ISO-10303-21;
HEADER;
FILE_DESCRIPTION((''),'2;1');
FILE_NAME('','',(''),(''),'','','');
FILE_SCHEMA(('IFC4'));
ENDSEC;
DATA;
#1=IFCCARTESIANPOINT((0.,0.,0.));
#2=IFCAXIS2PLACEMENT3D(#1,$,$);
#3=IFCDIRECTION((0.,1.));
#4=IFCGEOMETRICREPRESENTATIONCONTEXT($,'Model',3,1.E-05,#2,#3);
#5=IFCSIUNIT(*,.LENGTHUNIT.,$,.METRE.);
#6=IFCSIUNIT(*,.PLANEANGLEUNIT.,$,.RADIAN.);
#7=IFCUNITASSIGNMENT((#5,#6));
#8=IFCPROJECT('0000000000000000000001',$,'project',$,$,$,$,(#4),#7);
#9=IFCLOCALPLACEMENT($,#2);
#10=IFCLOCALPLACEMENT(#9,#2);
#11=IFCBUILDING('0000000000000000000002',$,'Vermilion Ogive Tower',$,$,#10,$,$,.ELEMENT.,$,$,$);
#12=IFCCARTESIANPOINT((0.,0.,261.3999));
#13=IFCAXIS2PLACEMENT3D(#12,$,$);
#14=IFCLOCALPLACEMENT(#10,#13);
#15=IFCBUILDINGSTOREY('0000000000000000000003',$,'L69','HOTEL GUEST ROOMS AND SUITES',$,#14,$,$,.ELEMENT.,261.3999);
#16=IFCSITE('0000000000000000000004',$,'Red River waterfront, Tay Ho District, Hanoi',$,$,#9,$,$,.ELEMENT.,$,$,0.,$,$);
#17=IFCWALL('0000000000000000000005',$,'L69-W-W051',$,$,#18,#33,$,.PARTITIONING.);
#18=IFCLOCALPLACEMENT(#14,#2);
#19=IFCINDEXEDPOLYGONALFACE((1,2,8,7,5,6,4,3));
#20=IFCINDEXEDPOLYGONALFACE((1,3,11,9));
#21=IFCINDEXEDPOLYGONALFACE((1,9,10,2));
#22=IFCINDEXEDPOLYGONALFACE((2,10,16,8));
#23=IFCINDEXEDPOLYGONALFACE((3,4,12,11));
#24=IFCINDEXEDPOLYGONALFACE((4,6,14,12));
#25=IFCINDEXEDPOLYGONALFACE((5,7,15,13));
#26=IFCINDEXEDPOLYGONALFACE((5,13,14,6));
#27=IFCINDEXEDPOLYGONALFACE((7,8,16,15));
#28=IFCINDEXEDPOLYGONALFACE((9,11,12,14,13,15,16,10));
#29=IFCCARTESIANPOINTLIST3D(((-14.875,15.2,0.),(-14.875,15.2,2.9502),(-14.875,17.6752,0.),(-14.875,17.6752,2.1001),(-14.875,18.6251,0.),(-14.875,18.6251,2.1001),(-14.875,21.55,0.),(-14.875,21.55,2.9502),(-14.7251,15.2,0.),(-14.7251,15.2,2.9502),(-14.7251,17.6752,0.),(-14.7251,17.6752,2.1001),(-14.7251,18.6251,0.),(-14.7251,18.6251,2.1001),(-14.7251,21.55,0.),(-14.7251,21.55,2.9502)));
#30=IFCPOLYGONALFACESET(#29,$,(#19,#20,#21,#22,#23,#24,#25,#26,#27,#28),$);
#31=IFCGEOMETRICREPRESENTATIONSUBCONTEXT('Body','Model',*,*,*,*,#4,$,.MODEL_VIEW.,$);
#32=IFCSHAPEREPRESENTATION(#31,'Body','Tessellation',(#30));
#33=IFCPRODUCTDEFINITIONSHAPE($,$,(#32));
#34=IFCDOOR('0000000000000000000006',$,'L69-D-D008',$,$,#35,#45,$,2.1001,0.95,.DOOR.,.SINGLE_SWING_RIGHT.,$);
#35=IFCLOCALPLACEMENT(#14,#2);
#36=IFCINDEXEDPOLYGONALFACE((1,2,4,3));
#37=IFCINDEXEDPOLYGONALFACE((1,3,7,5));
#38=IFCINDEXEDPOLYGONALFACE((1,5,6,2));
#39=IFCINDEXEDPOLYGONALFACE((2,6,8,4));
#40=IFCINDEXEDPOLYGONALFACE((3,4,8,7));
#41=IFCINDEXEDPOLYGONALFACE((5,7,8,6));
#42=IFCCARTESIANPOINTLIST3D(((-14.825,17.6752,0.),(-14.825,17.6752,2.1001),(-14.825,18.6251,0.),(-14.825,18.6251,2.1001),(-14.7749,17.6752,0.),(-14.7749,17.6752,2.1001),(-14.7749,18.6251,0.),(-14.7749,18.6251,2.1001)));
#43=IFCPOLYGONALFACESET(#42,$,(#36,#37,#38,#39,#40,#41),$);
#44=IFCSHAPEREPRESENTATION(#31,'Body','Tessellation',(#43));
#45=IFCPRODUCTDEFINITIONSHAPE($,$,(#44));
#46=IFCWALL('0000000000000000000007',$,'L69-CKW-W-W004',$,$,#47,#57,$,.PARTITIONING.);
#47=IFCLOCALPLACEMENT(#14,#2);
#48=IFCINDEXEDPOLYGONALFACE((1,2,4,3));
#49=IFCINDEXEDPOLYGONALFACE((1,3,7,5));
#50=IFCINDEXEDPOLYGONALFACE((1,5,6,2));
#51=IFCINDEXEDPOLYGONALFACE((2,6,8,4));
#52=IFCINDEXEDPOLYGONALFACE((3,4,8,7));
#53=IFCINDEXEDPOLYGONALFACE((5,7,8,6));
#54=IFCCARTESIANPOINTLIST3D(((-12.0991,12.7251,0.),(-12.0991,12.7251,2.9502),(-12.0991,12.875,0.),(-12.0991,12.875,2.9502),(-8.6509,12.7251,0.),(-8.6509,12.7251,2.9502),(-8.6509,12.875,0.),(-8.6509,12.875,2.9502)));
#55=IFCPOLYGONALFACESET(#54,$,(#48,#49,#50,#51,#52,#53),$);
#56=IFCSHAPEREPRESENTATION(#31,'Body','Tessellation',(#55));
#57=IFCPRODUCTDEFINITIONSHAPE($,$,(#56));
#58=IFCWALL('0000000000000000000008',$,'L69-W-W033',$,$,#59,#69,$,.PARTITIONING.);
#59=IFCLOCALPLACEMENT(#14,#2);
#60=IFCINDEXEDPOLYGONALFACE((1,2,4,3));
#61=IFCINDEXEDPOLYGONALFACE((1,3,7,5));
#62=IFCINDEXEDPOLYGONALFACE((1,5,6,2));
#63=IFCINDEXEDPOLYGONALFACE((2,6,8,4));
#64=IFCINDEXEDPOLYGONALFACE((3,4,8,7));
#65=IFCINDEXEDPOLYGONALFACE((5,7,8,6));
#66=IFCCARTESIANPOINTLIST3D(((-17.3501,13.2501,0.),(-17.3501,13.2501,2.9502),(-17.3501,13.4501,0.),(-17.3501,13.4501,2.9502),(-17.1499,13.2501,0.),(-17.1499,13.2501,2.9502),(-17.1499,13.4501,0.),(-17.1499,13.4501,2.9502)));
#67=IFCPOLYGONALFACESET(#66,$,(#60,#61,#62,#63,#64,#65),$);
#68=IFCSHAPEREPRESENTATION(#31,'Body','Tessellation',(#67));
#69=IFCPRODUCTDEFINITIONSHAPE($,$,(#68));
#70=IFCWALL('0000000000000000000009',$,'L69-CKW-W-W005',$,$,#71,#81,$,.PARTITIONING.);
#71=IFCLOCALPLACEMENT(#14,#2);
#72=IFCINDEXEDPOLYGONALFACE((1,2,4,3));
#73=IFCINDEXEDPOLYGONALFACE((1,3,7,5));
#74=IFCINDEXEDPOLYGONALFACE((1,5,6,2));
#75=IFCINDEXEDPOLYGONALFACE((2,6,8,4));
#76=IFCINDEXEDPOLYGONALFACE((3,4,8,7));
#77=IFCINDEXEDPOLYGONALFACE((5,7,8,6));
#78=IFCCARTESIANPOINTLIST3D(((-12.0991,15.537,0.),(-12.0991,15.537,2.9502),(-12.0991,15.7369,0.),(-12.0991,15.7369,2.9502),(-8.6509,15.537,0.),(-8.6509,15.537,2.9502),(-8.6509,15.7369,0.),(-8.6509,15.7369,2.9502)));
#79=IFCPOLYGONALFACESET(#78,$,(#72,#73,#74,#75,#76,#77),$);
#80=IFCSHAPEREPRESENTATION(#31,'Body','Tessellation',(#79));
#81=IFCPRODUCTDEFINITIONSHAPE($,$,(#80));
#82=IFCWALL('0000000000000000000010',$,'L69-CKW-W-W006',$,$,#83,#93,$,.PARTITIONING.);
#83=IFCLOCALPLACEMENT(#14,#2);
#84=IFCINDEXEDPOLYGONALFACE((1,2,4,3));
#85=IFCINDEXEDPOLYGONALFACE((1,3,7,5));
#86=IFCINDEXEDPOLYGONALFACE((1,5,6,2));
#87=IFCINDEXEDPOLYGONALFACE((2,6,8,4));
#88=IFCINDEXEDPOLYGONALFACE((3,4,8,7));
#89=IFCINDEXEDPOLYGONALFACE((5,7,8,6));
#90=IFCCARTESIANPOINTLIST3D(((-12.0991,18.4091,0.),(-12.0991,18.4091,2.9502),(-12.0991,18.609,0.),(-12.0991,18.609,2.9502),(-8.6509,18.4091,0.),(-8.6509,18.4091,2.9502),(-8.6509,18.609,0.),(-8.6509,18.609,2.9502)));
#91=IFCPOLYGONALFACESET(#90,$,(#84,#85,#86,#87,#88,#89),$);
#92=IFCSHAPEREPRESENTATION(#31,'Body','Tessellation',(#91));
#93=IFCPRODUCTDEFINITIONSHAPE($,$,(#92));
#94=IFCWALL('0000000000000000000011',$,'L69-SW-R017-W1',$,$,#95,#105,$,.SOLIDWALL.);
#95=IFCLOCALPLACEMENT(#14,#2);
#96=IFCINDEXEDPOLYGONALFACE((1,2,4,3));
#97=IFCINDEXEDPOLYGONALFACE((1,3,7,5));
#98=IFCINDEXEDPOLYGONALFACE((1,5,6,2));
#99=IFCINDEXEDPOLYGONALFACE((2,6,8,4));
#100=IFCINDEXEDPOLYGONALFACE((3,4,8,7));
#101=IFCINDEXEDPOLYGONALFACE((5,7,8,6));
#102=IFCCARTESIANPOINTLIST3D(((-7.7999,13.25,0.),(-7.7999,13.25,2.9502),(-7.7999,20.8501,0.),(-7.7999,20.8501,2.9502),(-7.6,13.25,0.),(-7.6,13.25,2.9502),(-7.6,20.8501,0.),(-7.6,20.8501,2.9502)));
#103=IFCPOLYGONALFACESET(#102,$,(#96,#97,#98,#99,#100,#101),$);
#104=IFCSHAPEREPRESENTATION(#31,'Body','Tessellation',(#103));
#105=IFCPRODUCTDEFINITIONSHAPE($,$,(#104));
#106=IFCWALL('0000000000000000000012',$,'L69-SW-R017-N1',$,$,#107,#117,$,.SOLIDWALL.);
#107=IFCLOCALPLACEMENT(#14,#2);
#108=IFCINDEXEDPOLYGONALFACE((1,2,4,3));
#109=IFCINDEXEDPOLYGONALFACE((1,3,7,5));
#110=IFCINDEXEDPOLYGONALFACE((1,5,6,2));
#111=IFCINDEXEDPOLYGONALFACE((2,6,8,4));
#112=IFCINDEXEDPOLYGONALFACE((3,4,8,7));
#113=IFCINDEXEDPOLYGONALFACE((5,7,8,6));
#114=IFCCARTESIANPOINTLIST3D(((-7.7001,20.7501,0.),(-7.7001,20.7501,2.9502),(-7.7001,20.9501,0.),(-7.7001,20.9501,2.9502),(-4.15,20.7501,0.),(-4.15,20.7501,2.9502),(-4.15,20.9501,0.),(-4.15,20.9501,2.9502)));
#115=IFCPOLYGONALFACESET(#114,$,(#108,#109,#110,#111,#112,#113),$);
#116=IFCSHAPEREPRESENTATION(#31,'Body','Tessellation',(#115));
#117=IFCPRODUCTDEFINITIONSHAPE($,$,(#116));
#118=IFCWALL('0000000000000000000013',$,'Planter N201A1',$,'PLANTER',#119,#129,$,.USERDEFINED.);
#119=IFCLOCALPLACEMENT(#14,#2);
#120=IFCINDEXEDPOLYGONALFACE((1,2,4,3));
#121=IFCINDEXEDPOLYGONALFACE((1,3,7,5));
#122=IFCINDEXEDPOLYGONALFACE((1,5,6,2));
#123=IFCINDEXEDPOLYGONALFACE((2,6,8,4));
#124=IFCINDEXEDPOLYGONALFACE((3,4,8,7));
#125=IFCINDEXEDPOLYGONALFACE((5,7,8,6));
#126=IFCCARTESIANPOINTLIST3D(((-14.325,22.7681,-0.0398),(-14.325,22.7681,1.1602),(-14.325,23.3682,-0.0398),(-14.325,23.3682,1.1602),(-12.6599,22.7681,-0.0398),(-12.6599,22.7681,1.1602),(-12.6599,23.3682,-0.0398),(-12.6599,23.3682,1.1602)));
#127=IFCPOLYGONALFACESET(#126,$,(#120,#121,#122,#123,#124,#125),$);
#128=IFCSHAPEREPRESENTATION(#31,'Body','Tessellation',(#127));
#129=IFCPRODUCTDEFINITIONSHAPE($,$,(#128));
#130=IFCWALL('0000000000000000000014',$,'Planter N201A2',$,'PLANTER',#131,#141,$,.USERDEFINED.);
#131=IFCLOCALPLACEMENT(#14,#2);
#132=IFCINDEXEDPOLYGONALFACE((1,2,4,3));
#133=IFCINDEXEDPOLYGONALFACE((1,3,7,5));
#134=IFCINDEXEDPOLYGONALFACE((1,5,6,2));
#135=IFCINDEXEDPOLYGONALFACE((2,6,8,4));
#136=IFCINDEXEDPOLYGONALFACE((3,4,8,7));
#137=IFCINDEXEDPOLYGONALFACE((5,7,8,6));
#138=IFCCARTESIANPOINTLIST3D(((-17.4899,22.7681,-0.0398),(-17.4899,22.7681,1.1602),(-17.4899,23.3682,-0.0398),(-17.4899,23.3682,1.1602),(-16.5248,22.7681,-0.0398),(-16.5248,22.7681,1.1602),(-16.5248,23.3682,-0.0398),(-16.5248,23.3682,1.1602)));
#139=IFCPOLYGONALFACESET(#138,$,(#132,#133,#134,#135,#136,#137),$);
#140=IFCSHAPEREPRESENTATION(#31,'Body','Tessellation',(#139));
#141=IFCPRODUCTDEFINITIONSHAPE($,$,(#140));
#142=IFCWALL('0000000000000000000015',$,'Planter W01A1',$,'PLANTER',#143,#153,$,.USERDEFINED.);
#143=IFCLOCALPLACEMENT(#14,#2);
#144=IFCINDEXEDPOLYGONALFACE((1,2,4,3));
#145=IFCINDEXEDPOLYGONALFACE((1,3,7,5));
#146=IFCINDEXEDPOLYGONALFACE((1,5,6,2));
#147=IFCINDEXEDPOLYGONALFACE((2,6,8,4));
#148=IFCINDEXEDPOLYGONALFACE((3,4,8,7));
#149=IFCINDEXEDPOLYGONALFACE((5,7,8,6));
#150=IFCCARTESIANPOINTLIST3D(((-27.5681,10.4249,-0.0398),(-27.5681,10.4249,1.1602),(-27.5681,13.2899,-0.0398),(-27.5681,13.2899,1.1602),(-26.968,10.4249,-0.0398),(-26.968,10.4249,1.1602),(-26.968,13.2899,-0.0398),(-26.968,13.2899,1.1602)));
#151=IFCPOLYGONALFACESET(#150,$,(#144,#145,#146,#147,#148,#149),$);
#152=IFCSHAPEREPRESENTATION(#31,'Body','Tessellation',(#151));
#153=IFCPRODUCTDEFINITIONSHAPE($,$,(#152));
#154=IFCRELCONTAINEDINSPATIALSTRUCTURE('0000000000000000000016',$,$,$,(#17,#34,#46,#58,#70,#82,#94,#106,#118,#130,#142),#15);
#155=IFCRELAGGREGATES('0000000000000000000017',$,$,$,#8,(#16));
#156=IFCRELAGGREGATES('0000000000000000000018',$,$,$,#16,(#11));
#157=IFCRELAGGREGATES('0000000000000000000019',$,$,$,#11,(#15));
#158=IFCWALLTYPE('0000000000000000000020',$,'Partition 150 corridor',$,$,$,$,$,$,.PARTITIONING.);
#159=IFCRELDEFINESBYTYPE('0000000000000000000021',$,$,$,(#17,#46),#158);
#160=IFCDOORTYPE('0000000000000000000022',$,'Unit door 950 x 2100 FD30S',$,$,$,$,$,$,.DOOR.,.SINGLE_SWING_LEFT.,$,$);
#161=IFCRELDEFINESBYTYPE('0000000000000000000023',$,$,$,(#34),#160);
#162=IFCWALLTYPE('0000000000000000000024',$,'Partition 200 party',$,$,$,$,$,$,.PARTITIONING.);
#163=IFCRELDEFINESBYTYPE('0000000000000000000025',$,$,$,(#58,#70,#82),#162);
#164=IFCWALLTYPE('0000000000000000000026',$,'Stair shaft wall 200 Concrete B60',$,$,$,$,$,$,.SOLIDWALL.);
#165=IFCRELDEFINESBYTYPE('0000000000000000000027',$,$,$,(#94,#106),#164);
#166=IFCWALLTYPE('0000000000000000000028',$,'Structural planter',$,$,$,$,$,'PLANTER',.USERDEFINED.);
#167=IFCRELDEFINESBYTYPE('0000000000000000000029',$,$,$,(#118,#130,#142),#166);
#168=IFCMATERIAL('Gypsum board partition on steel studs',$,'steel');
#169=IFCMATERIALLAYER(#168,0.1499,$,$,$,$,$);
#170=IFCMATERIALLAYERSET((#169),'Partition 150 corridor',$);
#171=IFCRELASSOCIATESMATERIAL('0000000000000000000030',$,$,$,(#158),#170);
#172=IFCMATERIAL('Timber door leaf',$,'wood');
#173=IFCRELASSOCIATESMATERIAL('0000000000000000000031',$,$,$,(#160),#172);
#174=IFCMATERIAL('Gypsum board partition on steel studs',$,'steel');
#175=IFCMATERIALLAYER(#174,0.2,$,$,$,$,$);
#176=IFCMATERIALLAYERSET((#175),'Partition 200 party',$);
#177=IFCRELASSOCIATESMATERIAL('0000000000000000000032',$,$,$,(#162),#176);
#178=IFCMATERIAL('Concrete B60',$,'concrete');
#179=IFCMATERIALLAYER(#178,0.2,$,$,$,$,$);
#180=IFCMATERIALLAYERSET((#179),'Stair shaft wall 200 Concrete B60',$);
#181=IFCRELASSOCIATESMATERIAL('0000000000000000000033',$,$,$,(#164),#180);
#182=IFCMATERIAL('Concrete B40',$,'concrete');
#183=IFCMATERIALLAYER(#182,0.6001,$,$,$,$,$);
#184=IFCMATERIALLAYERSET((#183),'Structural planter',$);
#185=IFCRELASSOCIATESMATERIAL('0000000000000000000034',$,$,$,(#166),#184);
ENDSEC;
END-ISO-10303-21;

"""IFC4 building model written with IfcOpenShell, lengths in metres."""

from ifc_helpers import new_model, si_unit, direction, frame, frame_2d, origin, place, context, subcontext, project, spatial, rectangle, extrude, material, layer, layer_set, type_object, element, fill, save


model = new_model("IFC4")

# Units and contexts
model_context = context("Model", 3, precision=1e-05, world=origin(), true_north=direction((0.0, 1.0)))
body_context = subcontext(model_context, "Body", "Model", "MODEL_VIEW")
ifc_project = project(units=[si_unit("LENGTHUNIT", "METRE"), si_unit("PLANEANGLEUNIT", "RADIAN")], contexts=[model_context])

# Site, building, storey
site_placement = place(None, origin())
site = spatial("IfcSite", under=ifc_project, at=site_placement, Name="Red River waterfront, Tay Ho District, Hanoi", CompositionType="ELEMENT", RefElevation=0.0)
building_placement = place(site_placement, origin())
building = spatial("IfcBuilding", under=site, at=building_placement, Name="Vermilion Ogive Tower", CompositionType="ELEMENT")
storey_placement = place(building_placement, frame((0.0, 0.0, 261.3999)))
storey = spatial("IfcBuildingStorey", under=building, at=storey_placement, Name="L69", Description="HOTEL GUEST ROOMS AND SUITES", CompositionType="ELEMENT", Elevation=261.3999)

# Wall, opening, door
ifc_material_1 = material(Name="Gypsum board partition on steel studs", Category="steel")
ifc_layer_1 = layer(ifc_material_1, 0.1499)
ifc_layer_set_1 = layer_set([ifc_layer_1], Name="Partition 150 corridor")
wall_type_1 = type_object("IfcWallType", Name="Partition 150 corridor", PredefinedType="PARTITIONING", material=ifc_layer_set_1)
wall_1_placement = place(storey_placement, frame((-14.8, 15.2, 0.0), z_axis=(0.0, 0.0, 1.0), x_axis=(0.0, 1.0, 0.0)))
wall_1 = element("IfcWall", 1, at=wall_1_placement, inside=storey, type_object=wall_type_1, Name="L69-W-W051", PredefinedType="PARTITIONING", context=body_context, shape_type="SweptSolid", body=[
    extrude(rectangle(XDim=6.3501, YDim=0.1499, at=frame_2d((3.175, 0.0))), origin(), (0.0, 0.0, 1.0), 2.9502),
])
opening_1_placement = place(wall_1_placement, frame((2.4751, 0.0, 0.0)))
opening_1 = element("IfcOpeningElement", 2, at=opening_1_placement, cuts=wall_1, PredefinedType="OPENING", context=body_context, shape_type="SweptSolid", body=[
    extrude(rectangle(XDim=0.95, YDim=2.1001, at=frame_2d((0.4751, 1.05))), frame((0.0, 0.085, 0.0), z_axis=(0.0, -1.0, 0.0), x_axis=(1.0, 0.0, 0.0)), (0.0, 0.0, 1.0), 0.1699),
])
ifc_material_2 = material(Name="Timber door leaf", Category="wood")
door_type_1 = type_object("IfcDoorType", Name="Unit door 950 x 2100 FD30S", OperationType="SINGLE_SWING_LEFT", PredefinedType="DOOR", material=ifc_material_2)
door_1_placement = place(opening_1_placement, origin())
door_1 = element("IfcDoor", 3, at=door_1_placement, inside=storey, type_object=door_type_1, Name="L69-D-D008", OperationType="SINGLE_SWING_RIGHT", OverallHeight=2.1001, OverallWidth=0.95, PredefinedType="DOOR", context=body_context, shape_type="SweptSolid", body=[
    extrude(rectangle(XDim=0.95, YDim=2.1001, at=frame_2d((0.4751, 1.05))), frame((0.0, 0.0249, 0.0), z_axis=(0.0, -1.0, 0.0), x_axis=(1.0, 0.0, 0.0)), (0.0, 0.0, 1.0), 0.05),
])
fill(opening_1, door_1)

# Walls
wall_2_placement = place(storey_placement, frame((-12.0991, 12.8, 0.0), z_axis=(0.0, 0.0, 1.0), x_axis=(1.0, 0.0, 0.0)))
element("IfcWall", 4, at=wall_2_placement, inside=storey, type_object=wall_type_1, Name="L69-CKW-W-W004", PredefinedType="PARTITIONING", context=body_context, shape_type="SweptSolid", body=[
    extrude(rectangle(XDim=3.4482, YDim=0.1499, at=frame_2d((1.7241, 0.0))), origin(), (0.0, 0.0, 1.0), 2.9502),
])
ifc_material_3 = material(Name="Gypsum board partition on steel studs", Category="steel")
ifc_layer_2 = layer(ifc_material_3, 0.2)
ifc_layer_set_2 = layer_set([ifc_layer_2], Name="Partition 200 party")
wall_type_2 = type_object("IfcWallType", Name="Partition 200 party", PredefinedType="PARTITIONING", material=ifc_layer_set_2)
wall_3_placement = place(storey_placement, frame((-17.3501, 13.3501, 0.0), z_axis=(0.0, 0.0, 1.0), x_axis=(1.0, 0.0, 0.0)))
element("IfcWall", 5, at=wall_3_placement, inside=storey, type_object=wall_type_2, Name="L69-W-W033", PredefinedType="PARTITIONING", context=body_context, shape_type="SweptSolid", body=[
    extrude(rectangle(XDim=0.2002, YDim=0.2, at=frame_2d((0.1001, 0.0))), origin(), (0.0, 0.0, 1.0), 2.9502),
])
for number, where, z_axis, x_axis, name in (
    (6, (-12.0991, 15.637, 0.0), (0.0, 0.0, 1.0), (1.0, 0.0, 0.0), "L69-CKW-W-W005"),
    (7, (-12.0991, 18.509, 0.0), (0.0, 0.0, 1.0), (1.0, 0.0, 0.0), "L69-CKW-W-W006"),
):
    element("IfcWall", number, at=place(storey_placement, frame(where, z_axis=z_axis, x_axis=x_axis)), inside=storey, type_object=wall_type_2, Name=name, PredefinedType="PARTITIONING", context=body_context, shape_type="SweptSolid", body=[
        extrude(rectangle(XDim=3.4482, YDim=0.2, at=frame_2d((1.7241, 0.0))), origin(), (0.0, 0.0, 1.0), 2.9502),
    ])
ifc_material_4 = material(Name="Concrete B60", Category="concrete")
ifc_layer_3 = layer(ifc_material_4, 0.2)
ifc_layer_set_3 = layer_set([ifc_layer_3], Name="Stair shaft wall 200 Concrete B60")
wall_type_3 = type_object("IfcWallType", Name="Stair shaft wall 200 Concrete B60", PredefinedType="SOLIDWALL", material=ifc_layer_set_3)
wall_4_placement = place(storey_placement, frame((-7.7, 13.25, 0.0), z_axis=(0.0, 0.0, 1.0), x_axis=(0.0, 1.0, 0.0)))
element("IfcWall", 8, at=wall_4_placement, inside=storey, type_object=wall_type_3, Name="L69-SW-R017-W1", PredefinedType="SOLIDWALL", context=body_context, shape_type="SweptSolid", body=[
    extrude(rectangle(XDim=7.6001, YDim=0.2, at=frame_2d((3.8, 0.0))), origin(), (0.0, 0.0, 1.0), 2.9502),
])
wall_5_placement = place(storey_placement, frame((-7.7, 20.8501, 0.0), z_axis=(0.0, 0.0, 1.0), x_axis=(1.0, 0.0, 0.0)))
element("IfcWall", 9, at=wall_5_placement, inside=storey, type_object=wall_type_3, Name="L69-SW-R017-N1", PredefinedType="SOLIDWALL", context=body_context, shape_type="SweptSolid", body=[
    extrude(rectangle(XDim=3.55, YDim=0.2, at=frame_2d((1.7749, 0.0))), origin(), (0.0, 0.0, 1.0), 2.9502),
])
ifc_material_5 = material(Name="Concrete B40", Category="concrete")
ifc_layer_4 = layer(ifc_material_5, 0.6001)
ifc_layer_set_4 = layer_set([ifc_layer_4], Name="Structural planter")
wall_type_4 = type_object("IfcWallType", Name="Structural planter", ElementType="PLANTER", PredefinedType="USERDEFINED", material=ifc_layer_set_4)
wall_6_placement = place(storey_placement, frame((-12.6599, 23.0681, -0.0398), z_axis=(0.0, 0.0, 1.0), x_axis=(-1.0, 0.0, 0.0)))
element("IfcWall", 10, at=wall_6_placement, inside=storey, type_object=wall_type_4, Name="Planter N201A1", ObjectType="PLANTER", PredefinedType="USERDEFINED", context=body_context, shape_type="SweptSolid", body=[
    extrude(rectangle(XDim=1.665, YDim=0.6001, at=frame_2d((0.8325, 0.0))), origin(), (0.0, 0.0, 1.0), 1.2),
])
wall_7_placement = place(storey_placement, frame((-16.5249, 23.0681, -0.0398), z_axis=(0.0, 0.0, 1.0), x_axis=(-1.0, 0.0, 0.0)))
element("IfcWall", 11, at=wall_7_placement, inside=storey, type_object=wall_type_4, Name="Planter N201A2", ObjectType="PLANTER", PredefinedType="USERDEFINED", context=body_context, shape_type="SweptSolid", body=[
    extrude(rectangle(XDim=0.9651, YDim=0.6001, at=frame_2d((0.4824, 0.0))), origin(), (0.0, 0.0, 1.0), 1.2),
])
wall_8_placement = place(storey_placement, frame((-27.2681, 13.29, -0.0398), z_axis=(0.0, 0.0, 1.0), x_axis=(0.0, -1.0, 0.0)))
element("IfcWall", 12, at=wall_8_placement, inside=storey, type_object=wall_type_4, Name="Planter W01A1", ObjectType="PLANTER", PredefinedType="USERDEFINED", context=body_context, shape_type="SweptSolid", body=[
    extrude(rectangle(XDim=2.865, YDim=0.6001, at=frame_2d((1.4326, 0.0))), origin(), (0.0, 0.0, 1.0), 1.2),
])

save(model, "model.ifc")
